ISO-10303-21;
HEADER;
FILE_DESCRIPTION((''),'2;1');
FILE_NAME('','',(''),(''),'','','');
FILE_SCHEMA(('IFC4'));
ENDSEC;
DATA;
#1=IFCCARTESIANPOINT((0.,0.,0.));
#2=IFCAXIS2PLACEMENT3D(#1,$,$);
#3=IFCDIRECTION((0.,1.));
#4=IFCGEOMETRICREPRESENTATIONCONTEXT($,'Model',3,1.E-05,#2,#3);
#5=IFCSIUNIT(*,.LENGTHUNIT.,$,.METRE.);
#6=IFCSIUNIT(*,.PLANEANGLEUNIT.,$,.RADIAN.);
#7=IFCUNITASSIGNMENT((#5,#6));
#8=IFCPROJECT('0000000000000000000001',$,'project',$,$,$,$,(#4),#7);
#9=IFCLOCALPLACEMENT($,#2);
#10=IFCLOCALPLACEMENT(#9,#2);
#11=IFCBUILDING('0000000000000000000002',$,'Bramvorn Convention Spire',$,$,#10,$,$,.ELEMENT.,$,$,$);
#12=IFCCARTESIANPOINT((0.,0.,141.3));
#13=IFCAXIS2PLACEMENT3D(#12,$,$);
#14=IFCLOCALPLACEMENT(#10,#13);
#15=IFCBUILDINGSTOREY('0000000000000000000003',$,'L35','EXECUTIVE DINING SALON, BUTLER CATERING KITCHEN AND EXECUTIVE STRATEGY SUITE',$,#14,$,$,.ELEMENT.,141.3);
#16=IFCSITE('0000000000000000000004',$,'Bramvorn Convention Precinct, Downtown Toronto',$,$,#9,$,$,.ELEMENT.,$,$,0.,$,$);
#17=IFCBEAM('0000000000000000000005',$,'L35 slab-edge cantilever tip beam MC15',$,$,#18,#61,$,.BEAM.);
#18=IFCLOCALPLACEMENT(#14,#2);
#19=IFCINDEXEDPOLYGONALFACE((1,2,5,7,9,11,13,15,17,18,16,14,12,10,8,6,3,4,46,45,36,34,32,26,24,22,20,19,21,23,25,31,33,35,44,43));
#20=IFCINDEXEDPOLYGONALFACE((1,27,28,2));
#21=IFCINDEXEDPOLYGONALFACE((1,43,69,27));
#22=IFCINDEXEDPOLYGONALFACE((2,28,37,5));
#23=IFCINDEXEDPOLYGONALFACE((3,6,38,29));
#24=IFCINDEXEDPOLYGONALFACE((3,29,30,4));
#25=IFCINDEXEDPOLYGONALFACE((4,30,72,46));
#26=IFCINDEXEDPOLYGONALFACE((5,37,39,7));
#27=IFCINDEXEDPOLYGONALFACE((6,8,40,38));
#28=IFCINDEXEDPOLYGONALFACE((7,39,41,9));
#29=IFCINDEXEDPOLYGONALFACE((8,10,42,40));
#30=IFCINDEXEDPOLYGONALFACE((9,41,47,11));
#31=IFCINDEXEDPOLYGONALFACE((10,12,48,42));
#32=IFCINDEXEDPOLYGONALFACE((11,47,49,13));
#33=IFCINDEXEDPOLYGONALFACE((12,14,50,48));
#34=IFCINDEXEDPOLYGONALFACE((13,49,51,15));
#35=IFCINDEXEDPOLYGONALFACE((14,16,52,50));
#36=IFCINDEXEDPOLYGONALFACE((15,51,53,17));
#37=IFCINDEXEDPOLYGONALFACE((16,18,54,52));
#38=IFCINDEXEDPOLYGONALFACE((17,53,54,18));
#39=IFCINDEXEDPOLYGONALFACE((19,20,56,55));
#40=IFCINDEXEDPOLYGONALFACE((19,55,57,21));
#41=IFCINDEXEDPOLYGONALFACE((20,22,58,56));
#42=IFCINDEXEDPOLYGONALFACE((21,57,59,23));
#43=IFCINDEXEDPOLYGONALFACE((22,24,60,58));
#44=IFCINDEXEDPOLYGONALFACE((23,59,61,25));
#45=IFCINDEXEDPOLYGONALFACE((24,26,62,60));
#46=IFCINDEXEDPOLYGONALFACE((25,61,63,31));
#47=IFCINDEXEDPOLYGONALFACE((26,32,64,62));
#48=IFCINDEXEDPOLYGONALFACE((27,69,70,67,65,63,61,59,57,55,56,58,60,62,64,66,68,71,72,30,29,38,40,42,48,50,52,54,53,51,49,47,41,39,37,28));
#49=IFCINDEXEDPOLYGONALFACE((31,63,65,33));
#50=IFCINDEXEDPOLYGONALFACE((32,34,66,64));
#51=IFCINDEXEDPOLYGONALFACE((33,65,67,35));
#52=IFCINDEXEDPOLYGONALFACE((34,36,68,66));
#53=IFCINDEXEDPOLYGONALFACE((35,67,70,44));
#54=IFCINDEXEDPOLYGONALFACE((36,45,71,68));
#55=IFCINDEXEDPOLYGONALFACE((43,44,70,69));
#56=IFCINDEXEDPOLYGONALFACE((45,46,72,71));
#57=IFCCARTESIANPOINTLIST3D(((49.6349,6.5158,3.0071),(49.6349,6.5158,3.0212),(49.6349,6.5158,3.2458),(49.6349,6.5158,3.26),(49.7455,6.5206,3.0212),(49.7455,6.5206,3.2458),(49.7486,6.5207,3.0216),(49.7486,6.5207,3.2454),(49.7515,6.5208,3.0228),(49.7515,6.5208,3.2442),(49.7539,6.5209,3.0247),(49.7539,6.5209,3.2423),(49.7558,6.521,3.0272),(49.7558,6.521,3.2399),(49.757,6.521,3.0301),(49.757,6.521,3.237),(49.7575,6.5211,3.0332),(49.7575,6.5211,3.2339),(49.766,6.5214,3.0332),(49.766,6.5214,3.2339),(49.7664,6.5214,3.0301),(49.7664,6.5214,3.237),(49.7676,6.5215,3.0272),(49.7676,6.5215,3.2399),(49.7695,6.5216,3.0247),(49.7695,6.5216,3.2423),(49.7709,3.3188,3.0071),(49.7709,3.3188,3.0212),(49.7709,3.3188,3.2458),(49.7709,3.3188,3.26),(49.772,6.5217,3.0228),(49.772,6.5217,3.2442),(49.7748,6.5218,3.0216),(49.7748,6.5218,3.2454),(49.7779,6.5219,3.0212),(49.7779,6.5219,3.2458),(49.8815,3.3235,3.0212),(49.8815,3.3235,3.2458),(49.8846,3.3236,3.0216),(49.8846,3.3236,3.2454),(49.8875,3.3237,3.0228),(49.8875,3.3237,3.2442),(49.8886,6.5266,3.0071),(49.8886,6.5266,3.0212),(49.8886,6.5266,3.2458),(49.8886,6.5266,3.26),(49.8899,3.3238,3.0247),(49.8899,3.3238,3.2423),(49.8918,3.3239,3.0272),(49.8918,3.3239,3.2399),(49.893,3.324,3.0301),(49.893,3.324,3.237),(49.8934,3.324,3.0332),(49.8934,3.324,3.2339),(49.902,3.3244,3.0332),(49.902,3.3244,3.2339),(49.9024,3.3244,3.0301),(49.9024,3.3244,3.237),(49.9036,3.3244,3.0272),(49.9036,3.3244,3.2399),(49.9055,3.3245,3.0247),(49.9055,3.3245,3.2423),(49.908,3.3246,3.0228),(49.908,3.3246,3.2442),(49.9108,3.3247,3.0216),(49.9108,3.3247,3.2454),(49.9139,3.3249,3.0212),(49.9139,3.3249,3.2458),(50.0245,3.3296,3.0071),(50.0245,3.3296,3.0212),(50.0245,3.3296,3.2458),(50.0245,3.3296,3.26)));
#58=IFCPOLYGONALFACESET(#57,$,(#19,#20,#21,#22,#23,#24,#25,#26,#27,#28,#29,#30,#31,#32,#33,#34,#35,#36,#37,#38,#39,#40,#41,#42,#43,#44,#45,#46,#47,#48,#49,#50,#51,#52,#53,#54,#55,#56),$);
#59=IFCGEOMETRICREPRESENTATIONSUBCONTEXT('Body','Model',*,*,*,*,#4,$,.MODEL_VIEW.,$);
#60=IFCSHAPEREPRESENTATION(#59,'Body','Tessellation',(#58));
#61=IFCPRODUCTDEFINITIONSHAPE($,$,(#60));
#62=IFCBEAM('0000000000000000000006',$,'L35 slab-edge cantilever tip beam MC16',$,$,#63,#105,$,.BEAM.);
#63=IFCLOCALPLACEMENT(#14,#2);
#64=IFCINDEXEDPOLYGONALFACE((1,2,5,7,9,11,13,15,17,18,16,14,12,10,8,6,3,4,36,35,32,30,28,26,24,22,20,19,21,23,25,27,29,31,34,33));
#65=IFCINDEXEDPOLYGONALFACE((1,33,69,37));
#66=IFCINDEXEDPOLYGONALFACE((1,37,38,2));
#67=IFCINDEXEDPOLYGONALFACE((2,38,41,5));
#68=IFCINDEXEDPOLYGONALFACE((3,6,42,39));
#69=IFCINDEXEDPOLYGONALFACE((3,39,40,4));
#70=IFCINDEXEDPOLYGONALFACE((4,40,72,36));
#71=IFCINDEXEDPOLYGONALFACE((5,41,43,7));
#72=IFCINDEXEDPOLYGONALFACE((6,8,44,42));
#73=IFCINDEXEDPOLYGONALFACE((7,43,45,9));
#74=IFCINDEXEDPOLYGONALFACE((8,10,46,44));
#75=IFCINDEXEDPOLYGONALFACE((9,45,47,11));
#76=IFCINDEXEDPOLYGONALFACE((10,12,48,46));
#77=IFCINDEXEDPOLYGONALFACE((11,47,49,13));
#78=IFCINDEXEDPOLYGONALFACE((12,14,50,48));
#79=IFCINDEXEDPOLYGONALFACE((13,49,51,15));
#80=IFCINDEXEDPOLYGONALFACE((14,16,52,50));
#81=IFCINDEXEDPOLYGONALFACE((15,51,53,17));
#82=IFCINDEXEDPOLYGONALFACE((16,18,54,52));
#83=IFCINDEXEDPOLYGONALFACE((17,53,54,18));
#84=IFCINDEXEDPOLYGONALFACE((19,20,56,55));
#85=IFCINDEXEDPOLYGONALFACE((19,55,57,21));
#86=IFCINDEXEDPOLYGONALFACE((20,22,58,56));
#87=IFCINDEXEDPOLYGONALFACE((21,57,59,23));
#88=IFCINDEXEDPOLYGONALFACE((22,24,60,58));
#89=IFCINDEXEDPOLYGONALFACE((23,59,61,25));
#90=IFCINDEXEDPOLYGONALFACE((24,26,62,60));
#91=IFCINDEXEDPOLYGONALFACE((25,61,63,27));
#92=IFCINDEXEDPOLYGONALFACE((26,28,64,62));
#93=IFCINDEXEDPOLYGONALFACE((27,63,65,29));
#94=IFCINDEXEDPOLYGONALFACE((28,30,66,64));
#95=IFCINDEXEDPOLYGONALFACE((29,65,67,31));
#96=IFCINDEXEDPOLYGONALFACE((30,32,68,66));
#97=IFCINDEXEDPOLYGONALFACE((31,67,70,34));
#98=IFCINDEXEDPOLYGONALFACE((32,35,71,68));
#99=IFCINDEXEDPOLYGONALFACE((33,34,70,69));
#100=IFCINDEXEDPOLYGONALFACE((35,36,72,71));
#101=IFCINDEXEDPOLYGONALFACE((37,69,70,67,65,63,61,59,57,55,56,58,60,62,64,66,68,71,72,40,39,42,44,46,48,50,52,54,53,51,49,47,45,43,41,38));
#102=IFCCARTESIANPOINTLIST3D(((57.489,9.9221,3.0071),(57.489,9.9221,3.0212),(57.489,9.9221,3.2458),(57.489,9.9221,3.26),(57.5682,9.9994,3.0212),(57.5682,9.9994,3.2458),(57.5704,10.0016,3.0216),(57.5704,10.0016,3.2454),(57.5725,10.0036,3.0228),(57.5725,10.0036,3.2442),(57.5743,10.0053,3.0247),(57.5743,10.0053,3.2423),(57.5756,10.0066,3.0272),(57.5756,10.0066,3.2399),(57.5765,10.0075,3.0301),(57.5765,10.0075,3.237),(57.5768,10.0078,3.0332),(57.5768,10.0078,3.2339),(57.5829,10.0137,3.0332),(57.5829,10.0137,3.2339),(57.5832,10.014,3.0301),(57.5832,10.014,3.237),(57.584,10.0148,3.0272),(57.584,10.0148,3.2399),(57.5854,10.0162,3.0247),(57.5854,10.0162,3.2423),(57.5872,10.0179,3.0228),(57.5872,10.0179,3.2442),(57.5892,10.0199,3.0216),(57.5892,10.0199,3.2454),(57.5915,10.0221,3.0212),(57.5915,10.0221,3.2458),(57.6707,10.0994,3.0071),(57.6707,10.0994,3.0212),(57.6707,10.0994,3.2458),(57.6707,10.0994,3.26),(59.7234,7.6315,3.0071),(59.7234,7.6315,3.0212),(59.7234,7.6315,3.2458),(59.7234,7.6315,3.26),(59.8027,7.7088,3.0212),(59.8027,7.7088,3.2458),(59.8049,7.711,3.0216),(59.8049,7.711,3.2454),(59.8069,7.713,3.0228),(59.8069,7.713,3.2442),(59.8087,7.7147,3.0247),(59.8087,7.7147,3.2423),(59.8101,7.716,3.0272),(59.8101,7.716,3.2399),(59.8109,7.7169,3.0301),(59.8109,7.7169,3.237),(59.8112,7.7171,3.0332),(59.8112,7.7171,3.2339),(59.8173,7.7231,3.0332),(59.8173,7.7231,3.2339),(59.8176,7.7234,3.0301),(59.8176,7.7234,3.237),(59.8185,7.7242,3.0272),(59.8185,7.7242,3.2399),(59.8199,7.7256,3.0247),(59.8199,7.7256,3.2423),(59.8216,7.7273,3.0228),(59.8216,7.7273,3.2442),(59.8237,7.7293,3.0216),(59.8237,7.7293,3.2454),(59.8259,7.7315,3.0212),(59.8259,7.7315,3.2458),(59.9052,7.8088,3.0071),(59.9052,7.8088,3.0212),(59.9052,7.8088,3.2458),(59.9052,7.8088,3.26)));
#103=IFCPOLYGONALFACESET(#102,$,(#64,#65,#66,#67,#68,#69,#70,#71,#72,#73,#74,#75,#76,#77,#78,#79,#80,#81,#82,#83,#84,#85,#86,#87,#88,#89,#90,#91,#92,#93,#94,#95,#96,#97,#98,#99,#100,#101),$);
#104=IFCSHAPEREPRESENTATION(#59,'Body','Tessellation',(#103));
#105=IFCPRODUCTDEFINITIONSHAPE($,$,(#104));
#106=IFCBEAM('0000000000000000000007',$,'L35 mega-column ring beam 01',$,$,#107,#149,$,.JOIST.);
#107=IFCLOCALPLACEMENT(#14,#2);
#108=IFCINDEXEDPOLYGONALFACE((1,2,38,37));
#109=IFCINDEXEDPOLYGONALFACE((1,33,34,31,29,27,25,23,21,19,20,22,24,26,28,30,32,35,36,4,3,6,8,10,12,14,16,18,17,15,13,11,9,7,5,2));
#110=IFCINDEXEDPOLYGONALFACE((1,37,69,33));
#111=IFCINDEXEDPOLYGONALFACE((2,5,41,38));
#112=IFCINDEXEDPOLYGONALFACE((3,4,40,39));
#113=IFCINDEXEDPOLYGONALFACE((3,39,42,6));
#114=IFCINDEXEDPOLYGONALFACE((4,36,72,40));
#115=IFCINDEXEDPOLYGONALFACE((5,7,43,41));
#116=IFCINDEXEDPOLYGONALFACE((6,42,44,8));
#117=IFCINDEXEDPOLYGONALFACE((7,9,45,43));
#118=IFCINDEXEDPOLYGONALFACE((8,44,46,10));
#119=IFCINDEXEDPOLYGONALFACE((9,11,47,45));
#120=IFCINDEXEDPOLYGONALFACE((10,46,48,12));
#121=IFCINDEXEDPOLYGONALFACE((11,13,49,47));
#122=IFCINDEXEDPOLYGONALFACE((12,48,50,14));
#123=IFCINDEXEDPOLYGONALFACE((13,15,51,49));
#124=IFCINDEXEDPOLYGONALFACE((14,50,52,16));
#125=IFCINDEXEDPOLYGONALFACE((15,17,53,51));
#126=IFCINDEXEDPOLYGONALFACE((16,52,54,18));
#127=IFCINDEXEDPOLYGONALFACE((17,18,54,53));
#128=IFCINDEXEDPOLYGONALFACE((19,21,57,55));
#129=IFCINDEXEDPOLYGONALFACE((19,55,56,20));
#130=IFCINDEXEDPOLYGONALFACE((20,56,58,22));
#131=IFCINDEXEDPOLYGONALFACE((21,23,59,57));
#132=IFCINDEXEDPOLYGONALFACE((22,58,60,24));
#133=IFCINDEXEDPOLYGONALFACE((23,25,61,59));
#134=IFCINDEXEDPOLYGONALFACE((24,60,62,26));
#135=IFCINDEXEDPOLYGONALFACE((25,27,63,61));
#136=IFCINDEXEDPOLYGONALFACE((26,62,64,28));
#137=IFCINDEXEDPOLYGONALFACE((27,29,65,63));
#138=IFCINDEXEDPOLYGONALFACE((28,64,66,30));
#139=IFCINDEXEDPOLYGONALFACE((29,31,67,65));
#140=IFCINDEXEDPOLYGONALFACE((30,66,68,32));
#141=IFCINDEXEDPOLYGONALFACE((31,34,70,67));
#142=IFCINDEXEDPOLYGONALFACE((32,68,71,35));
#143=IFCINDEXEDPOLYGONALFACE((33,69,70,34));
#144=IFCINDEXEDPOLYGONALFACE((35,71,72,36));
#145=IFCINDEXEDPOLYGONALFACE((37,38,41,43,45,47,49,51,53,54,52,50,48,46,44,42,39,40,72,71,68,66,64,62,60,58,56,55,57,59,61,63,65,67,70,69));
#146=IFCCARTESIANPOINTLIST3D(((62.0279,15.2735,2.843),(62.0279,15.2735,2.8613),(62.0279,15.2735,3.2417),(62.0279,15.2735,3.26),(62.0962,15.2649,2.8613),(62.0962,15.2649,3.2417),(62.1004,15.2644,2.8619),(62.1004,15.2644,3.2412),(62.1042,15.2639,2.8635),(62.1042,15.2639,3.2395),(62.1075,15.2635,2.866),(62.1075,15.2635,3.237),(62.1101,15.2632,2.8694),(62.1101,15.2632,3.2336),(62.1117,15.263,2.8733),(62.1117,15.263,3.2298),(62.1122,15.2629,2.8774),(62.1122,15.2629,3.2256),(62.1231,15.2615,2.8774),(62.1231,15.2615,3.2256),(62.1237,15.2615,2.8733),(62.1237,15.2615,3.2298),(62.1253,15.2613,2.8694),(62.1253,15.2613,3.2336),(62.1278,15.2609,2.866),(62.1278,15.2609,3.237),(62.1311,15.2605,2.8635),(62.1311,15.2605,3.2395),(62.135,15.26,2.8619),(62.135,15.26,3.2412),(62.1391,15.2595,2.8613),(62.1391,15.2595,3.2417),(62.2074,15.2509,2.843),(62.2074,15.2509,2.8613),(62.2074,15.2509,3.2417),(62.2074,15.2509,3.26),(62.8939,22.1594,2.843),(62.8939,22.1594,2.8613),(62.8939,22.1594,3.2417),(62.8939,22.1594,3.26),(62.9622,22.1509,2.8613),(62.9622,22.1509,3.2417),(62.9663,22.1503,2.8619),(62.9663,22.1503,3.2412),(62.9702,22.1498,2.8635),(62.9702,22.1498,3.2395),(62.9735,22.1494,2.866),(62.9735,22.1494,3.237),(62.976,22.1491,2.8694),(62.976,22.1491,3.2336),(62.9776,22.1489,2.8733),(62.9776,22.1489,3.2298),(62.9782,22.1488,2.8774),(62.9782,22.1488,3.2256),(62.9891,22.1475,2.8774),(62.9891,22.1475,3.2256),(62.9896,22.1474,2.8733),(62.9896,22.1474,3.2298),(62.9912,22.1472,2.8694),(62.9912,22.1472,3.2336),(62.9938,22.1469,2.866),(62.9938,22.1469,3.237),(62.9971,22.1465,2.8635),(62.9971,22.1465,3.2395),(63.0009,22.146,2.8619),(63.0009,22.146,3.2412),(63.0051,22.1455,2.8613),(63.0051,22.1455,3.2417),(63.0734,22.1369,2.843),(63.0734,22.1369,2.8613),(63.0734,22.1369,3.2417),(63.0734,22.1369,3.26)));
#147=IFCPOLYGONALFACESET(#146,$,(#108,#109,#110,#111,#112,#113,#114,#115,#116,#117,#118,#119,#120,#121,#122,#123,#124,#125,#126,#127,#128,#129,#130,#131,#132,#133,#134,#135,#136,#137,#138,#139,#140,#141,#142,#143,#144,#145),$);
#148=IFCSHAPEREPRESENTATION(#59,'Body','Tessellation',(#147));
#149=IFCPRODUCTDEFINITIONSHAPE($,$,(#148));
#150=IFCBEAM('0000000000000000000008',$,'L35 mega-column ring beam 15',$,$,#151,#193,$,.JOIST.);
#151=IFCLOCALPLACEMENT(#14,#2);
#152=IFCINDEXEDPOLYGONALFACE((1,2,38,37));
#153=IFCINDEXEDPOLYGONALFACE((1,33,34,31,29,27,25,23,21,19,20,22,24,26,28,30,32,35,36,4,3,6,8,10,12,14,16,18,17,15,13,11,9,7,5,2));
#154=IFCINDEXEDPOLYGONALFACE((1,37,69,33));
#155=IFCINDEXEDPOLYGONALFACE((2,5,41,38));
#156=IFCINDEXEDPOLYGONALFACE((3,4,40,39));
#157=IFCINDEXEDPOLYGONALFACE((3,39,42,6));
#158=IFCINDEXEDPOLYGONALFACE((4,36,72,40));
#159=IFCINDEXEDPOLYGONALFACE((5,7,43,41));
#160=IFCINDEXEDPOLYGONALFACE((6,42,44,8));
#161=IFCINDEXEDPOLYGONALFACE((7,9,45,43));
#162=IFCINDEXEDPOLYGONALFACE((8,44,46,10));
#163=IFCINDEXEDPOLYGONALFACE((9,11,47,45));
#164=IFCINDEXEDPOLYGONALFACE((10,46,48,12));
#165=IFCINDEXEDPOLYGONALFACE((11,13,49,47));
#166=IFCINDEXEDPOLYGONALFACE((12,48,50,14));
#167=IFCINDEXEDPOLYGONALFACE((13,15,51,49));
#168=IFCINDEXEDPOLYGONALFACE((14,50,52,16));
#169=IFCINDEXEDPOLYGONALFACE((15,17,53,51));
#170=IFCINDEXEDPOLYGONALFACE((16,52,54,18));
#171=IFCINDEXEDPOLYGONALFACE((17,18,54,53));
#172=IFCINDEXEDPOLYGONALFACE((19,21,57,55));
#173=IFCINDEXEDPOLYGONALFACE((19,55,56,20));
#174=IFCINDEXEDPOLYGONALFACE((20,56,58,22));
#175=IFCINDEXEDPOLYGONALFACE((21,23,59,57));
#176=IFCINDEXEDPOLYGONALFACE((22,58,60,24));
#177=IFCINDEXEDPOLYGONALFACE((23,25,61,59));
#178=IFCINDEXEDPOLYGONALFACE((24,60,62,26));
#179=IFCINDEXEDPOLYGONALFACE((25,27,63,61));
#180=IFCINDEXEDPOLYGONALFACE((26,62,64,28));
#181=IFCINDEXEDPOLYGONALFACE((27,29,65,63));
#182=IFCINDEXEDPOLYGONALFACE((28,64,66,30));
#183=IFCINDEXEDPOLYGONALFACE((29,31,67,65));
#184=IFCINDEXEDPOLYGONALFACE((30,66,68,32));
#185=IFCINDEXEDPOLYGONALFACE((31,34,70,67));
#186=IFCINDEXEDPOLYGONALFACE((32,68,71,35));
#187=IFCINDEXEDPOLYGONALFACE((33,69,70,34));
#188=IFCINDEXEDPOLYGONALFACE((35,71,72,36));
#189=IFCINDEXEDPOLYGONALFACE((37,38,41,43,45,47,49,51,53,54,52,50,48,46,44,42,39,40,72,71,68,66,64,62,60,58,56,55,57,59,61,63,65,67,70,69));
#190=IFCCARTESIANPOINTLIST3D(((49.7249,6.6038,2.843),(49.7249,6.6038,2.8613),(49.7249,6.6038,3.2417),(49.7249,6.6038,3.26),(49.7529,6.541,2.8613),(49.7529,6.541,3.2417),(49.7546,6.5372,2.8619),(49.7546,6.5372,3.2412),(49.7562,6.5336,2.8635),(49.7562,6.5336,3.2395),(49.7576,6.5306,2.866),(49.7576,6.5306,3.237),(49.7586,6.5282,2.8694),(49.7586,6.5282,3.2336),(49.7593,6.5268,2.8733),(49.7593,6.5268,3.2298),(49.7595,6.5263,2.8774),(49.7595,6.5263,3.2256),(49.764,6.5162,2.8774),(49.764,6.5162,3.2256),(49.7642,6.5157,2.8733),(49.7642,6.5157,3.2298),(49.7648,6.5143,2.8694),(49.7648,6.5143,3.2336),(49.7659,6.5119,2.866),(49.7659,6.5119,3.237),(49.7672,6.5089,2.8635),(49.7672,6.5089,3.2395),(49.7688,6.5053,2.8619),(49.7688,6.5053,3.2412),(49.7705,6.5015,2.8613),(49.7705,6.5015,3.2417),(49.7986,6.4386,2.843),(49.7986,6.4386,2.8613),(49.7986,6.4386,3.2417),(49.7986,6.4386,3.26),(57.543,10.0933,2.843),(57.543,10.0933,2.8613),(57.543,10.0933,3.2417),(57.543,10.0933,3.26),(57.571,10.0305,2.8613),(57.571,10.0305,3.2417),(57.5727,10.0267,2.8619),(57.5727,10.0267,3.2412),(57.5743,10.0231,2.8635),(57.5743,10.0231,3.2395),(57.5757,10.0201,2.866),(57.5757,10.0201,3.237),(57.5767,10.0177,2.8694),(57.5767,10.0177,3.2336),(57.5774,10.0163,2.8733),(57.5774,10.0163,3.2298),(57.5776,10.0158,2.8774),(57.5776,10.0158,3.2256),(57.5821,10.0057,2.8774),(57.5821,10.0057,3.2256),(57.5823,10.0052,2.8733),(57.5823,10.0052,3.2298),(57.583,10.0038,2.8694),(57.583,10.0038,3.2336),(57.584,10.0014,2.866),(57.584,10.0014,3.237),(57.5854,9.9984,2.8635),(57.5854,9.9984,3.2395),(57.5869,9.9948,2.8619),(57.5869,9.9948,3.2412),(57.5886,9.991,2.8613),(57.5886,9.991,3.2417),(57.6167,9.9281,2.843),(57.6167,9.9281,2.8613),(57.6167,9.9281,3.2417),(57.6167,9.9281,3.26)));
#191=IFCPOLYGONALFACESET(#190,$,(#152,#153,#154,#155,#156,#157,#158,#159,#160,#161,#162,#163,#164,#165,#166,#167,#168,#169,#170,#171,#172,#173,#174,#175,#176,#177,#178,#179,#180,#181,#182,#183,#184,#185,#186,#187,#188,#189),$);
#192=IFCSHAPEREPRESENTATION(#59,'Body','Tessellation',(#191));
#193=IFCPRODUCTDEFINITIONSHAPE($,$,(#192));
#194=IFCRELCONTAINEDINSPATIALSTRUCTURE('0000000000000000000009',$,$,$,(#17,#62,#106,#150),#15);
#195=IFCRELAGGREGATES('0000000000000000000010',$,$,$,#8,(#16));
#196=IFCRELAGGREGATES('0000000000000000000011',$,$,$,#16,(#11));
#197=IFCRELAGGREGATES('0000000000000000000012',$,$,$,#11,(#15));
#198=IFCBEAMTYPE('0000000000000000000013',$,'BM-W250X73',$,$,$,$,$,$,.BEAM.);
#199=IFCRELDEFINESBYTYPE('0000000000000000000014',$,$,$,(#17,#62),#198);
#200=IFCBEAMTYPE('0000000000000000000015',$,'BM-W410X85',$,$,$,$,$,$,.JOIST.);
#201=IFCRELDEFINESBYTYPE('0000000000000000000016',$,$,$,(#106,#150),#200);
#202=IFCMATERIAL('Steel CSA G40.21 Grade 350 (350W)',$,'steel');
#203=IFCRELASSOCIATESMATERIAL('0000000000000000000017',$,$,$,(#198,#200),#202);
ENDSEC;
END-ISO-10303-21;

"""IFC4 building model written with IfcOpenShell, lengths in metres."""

from ifc_helpers import new_model, si_unit, direction, frame, origin, origin_2d, place, context, subcontext, project, spatial, i_section, extrude, material, material_profile, profile_set, type_object, element, save


model = new_model("IFC4")

# Units and contexts
model_context = context("Model", 3, precision=1e-05, world=origin(), true_north=direction((0.0, 1.0)))
body_context = subcontext(model_context, "Body", "Model", "MODEL_VIEW")
ifc_project = project(units=[si_unit("LENGTHUNIT", "METRE"), si_unit("PLANEANGLEUNIT", "RADIAN")], contexts=[model_context])

# Site, building, storey
site_placement = place(None, origin())
site = spatial("IfcSite", under=ifc_project, at=site_placement, Name="Bramvorn Convention Precinct, Downtown Toronto", CompositionType="ELEMENT", RefElevation=0.0)
building_placement = place(site_placement, origin())
building = spatial("IfcBuilding", under=site, at=building_placement, Name="Bramvorn Convention Spire", CompositionType="ELEMENT")
storey_placement = place(building_placement, frame((0.0, 0.0, 141.3)))
storey = spatial("IfcBuildingStorey", under=building, at=storey_placement, Name="L35", Description="EXECUTIVE DINING SALON, BUTLER CATERING KITCHEN AND EXECUTIVE STRATEGY SUITE", CompositionType="ELEMENT", Elevation=141.3)

# Shared definitions
ifc_material_1 = material(Name="Steel CSA G40.21 Grade 350 (350W)", Category="steel")

# Beams
ifc_material_profile_1 = material_profile(ifc_material_1, i_section(OverallWidth=0.2539, OverallDepth=0.2529, WebThickness=0.0085, FlangeThickness=0.0142, FilletRadius=0.012, at=origin_2d()))
ifc_profile_set_1 = profile_set([ifc_material_profile_1], Name="Steel CSA G40.21 Grade 350 (350W) - W250X73")
beam_type_1 = type_object("IfcBeamType", Name="BM-W250X73", PredefinedType="BEAM", material=ifc_profile_set_1)
for number, where, z_axis, x_axis, name in (
    (1, (49.7617, 6.5212, 3.1335), (0.042497, -0.999097, 0.0), (0.999097, 0.042497, 0.0), "L35 slab-edge cantilever tip beam MC15"),
    (2, (57.5798, 10.0107, 3.1335), (0.698278, -0.715827, 0.0), (0.715827, 0.698278, 0.0), "L35 slab-edge cantilever tip beam MC16"),
):
    element("IfcBeam", number, at=place(storey_placement, frame(where, z_axis=z_axis, x_axis=x_axis)), inside=storey, type_object=beam_type_1, Name=name, PredefinedType="BEAM", context=body_context, shape_type="SweptSolid", body=[
        extrude(i_section(OverallWidth=0.2539, OverallDepth=0.2529, WebThickness=0.0085, FlangeThickness=0.0142, FilletRadius=0.012, at=origin_2d()), origin(), (0.0, 0.0, 1.0), 3.2),
    ])
ifc_material_profile_2 = material_profile(ifc_material_1, i_section(OverallWidth=0.1809, OverallDepth=0.417, WebThickness=0.011, FlangeThickness=0.0183, FilletRadius=0.0161, at=origin_2d()))
ifc_profile_set_2 = profile_set([ifc_material_profile_2], Name="Steel CSA G40.21 Grade 350 (350W) - W410X85")
beam_type_2 = type_object("IfcBeamType", Name="BM-W410X85", PredefinedType="JOIST", material=ifc_profile_set_2)
beam_1_placement = place(storey_placement, frame((62.1177, 15.2622, 3.0515), z_axis=(0.124775, 0.992185, 0.0), x_axis=(-0.992185, 0.124775, 0.0)))
element("IfcBeam", 3, at=beam_1_placement, inside=storey, type_object=beam_type_2, Name="L35 mega-column ring beam 01", PredefinedType="JOIST", context=body_context, shape_type="SweptSolid", body=[
    extrude(i_section(OverallWidth=0.1809, OverallDepth=0.417, WebThickness=0.011, FlangeThickness=0.0183, FilletRadius=0.0161, at=origin_2d()), origin(), (0.0, 0.0, 1.0), 6.9402),
])
beam_2_placement = place(storey_placement, frame((49.7617, 6.5212, 3.0515), z_axis=(0.91317, 0.40758, 0.0), x_axis=(-0.40758, 0.91317, 0.0)))
element("IfcBeam", 4, at=beam_2_placement, inside=storey, type_object=beam_type_2, Name="L35 mega-column ring beam 15", PredefinedType="JOIST", context=body_context, shape_type="SweptSolid", body=[
    extrude(i_section(OverallWidth=0.1809, OverallDepth=0.417, WebThickness=0.011, FlangeThickness=0.0183, FilletRadius=0.0161, at=origin_2d()), origin(), (0.0, 0.0, 1.0), 8.5615),
])

save(model, "model.ifc")
